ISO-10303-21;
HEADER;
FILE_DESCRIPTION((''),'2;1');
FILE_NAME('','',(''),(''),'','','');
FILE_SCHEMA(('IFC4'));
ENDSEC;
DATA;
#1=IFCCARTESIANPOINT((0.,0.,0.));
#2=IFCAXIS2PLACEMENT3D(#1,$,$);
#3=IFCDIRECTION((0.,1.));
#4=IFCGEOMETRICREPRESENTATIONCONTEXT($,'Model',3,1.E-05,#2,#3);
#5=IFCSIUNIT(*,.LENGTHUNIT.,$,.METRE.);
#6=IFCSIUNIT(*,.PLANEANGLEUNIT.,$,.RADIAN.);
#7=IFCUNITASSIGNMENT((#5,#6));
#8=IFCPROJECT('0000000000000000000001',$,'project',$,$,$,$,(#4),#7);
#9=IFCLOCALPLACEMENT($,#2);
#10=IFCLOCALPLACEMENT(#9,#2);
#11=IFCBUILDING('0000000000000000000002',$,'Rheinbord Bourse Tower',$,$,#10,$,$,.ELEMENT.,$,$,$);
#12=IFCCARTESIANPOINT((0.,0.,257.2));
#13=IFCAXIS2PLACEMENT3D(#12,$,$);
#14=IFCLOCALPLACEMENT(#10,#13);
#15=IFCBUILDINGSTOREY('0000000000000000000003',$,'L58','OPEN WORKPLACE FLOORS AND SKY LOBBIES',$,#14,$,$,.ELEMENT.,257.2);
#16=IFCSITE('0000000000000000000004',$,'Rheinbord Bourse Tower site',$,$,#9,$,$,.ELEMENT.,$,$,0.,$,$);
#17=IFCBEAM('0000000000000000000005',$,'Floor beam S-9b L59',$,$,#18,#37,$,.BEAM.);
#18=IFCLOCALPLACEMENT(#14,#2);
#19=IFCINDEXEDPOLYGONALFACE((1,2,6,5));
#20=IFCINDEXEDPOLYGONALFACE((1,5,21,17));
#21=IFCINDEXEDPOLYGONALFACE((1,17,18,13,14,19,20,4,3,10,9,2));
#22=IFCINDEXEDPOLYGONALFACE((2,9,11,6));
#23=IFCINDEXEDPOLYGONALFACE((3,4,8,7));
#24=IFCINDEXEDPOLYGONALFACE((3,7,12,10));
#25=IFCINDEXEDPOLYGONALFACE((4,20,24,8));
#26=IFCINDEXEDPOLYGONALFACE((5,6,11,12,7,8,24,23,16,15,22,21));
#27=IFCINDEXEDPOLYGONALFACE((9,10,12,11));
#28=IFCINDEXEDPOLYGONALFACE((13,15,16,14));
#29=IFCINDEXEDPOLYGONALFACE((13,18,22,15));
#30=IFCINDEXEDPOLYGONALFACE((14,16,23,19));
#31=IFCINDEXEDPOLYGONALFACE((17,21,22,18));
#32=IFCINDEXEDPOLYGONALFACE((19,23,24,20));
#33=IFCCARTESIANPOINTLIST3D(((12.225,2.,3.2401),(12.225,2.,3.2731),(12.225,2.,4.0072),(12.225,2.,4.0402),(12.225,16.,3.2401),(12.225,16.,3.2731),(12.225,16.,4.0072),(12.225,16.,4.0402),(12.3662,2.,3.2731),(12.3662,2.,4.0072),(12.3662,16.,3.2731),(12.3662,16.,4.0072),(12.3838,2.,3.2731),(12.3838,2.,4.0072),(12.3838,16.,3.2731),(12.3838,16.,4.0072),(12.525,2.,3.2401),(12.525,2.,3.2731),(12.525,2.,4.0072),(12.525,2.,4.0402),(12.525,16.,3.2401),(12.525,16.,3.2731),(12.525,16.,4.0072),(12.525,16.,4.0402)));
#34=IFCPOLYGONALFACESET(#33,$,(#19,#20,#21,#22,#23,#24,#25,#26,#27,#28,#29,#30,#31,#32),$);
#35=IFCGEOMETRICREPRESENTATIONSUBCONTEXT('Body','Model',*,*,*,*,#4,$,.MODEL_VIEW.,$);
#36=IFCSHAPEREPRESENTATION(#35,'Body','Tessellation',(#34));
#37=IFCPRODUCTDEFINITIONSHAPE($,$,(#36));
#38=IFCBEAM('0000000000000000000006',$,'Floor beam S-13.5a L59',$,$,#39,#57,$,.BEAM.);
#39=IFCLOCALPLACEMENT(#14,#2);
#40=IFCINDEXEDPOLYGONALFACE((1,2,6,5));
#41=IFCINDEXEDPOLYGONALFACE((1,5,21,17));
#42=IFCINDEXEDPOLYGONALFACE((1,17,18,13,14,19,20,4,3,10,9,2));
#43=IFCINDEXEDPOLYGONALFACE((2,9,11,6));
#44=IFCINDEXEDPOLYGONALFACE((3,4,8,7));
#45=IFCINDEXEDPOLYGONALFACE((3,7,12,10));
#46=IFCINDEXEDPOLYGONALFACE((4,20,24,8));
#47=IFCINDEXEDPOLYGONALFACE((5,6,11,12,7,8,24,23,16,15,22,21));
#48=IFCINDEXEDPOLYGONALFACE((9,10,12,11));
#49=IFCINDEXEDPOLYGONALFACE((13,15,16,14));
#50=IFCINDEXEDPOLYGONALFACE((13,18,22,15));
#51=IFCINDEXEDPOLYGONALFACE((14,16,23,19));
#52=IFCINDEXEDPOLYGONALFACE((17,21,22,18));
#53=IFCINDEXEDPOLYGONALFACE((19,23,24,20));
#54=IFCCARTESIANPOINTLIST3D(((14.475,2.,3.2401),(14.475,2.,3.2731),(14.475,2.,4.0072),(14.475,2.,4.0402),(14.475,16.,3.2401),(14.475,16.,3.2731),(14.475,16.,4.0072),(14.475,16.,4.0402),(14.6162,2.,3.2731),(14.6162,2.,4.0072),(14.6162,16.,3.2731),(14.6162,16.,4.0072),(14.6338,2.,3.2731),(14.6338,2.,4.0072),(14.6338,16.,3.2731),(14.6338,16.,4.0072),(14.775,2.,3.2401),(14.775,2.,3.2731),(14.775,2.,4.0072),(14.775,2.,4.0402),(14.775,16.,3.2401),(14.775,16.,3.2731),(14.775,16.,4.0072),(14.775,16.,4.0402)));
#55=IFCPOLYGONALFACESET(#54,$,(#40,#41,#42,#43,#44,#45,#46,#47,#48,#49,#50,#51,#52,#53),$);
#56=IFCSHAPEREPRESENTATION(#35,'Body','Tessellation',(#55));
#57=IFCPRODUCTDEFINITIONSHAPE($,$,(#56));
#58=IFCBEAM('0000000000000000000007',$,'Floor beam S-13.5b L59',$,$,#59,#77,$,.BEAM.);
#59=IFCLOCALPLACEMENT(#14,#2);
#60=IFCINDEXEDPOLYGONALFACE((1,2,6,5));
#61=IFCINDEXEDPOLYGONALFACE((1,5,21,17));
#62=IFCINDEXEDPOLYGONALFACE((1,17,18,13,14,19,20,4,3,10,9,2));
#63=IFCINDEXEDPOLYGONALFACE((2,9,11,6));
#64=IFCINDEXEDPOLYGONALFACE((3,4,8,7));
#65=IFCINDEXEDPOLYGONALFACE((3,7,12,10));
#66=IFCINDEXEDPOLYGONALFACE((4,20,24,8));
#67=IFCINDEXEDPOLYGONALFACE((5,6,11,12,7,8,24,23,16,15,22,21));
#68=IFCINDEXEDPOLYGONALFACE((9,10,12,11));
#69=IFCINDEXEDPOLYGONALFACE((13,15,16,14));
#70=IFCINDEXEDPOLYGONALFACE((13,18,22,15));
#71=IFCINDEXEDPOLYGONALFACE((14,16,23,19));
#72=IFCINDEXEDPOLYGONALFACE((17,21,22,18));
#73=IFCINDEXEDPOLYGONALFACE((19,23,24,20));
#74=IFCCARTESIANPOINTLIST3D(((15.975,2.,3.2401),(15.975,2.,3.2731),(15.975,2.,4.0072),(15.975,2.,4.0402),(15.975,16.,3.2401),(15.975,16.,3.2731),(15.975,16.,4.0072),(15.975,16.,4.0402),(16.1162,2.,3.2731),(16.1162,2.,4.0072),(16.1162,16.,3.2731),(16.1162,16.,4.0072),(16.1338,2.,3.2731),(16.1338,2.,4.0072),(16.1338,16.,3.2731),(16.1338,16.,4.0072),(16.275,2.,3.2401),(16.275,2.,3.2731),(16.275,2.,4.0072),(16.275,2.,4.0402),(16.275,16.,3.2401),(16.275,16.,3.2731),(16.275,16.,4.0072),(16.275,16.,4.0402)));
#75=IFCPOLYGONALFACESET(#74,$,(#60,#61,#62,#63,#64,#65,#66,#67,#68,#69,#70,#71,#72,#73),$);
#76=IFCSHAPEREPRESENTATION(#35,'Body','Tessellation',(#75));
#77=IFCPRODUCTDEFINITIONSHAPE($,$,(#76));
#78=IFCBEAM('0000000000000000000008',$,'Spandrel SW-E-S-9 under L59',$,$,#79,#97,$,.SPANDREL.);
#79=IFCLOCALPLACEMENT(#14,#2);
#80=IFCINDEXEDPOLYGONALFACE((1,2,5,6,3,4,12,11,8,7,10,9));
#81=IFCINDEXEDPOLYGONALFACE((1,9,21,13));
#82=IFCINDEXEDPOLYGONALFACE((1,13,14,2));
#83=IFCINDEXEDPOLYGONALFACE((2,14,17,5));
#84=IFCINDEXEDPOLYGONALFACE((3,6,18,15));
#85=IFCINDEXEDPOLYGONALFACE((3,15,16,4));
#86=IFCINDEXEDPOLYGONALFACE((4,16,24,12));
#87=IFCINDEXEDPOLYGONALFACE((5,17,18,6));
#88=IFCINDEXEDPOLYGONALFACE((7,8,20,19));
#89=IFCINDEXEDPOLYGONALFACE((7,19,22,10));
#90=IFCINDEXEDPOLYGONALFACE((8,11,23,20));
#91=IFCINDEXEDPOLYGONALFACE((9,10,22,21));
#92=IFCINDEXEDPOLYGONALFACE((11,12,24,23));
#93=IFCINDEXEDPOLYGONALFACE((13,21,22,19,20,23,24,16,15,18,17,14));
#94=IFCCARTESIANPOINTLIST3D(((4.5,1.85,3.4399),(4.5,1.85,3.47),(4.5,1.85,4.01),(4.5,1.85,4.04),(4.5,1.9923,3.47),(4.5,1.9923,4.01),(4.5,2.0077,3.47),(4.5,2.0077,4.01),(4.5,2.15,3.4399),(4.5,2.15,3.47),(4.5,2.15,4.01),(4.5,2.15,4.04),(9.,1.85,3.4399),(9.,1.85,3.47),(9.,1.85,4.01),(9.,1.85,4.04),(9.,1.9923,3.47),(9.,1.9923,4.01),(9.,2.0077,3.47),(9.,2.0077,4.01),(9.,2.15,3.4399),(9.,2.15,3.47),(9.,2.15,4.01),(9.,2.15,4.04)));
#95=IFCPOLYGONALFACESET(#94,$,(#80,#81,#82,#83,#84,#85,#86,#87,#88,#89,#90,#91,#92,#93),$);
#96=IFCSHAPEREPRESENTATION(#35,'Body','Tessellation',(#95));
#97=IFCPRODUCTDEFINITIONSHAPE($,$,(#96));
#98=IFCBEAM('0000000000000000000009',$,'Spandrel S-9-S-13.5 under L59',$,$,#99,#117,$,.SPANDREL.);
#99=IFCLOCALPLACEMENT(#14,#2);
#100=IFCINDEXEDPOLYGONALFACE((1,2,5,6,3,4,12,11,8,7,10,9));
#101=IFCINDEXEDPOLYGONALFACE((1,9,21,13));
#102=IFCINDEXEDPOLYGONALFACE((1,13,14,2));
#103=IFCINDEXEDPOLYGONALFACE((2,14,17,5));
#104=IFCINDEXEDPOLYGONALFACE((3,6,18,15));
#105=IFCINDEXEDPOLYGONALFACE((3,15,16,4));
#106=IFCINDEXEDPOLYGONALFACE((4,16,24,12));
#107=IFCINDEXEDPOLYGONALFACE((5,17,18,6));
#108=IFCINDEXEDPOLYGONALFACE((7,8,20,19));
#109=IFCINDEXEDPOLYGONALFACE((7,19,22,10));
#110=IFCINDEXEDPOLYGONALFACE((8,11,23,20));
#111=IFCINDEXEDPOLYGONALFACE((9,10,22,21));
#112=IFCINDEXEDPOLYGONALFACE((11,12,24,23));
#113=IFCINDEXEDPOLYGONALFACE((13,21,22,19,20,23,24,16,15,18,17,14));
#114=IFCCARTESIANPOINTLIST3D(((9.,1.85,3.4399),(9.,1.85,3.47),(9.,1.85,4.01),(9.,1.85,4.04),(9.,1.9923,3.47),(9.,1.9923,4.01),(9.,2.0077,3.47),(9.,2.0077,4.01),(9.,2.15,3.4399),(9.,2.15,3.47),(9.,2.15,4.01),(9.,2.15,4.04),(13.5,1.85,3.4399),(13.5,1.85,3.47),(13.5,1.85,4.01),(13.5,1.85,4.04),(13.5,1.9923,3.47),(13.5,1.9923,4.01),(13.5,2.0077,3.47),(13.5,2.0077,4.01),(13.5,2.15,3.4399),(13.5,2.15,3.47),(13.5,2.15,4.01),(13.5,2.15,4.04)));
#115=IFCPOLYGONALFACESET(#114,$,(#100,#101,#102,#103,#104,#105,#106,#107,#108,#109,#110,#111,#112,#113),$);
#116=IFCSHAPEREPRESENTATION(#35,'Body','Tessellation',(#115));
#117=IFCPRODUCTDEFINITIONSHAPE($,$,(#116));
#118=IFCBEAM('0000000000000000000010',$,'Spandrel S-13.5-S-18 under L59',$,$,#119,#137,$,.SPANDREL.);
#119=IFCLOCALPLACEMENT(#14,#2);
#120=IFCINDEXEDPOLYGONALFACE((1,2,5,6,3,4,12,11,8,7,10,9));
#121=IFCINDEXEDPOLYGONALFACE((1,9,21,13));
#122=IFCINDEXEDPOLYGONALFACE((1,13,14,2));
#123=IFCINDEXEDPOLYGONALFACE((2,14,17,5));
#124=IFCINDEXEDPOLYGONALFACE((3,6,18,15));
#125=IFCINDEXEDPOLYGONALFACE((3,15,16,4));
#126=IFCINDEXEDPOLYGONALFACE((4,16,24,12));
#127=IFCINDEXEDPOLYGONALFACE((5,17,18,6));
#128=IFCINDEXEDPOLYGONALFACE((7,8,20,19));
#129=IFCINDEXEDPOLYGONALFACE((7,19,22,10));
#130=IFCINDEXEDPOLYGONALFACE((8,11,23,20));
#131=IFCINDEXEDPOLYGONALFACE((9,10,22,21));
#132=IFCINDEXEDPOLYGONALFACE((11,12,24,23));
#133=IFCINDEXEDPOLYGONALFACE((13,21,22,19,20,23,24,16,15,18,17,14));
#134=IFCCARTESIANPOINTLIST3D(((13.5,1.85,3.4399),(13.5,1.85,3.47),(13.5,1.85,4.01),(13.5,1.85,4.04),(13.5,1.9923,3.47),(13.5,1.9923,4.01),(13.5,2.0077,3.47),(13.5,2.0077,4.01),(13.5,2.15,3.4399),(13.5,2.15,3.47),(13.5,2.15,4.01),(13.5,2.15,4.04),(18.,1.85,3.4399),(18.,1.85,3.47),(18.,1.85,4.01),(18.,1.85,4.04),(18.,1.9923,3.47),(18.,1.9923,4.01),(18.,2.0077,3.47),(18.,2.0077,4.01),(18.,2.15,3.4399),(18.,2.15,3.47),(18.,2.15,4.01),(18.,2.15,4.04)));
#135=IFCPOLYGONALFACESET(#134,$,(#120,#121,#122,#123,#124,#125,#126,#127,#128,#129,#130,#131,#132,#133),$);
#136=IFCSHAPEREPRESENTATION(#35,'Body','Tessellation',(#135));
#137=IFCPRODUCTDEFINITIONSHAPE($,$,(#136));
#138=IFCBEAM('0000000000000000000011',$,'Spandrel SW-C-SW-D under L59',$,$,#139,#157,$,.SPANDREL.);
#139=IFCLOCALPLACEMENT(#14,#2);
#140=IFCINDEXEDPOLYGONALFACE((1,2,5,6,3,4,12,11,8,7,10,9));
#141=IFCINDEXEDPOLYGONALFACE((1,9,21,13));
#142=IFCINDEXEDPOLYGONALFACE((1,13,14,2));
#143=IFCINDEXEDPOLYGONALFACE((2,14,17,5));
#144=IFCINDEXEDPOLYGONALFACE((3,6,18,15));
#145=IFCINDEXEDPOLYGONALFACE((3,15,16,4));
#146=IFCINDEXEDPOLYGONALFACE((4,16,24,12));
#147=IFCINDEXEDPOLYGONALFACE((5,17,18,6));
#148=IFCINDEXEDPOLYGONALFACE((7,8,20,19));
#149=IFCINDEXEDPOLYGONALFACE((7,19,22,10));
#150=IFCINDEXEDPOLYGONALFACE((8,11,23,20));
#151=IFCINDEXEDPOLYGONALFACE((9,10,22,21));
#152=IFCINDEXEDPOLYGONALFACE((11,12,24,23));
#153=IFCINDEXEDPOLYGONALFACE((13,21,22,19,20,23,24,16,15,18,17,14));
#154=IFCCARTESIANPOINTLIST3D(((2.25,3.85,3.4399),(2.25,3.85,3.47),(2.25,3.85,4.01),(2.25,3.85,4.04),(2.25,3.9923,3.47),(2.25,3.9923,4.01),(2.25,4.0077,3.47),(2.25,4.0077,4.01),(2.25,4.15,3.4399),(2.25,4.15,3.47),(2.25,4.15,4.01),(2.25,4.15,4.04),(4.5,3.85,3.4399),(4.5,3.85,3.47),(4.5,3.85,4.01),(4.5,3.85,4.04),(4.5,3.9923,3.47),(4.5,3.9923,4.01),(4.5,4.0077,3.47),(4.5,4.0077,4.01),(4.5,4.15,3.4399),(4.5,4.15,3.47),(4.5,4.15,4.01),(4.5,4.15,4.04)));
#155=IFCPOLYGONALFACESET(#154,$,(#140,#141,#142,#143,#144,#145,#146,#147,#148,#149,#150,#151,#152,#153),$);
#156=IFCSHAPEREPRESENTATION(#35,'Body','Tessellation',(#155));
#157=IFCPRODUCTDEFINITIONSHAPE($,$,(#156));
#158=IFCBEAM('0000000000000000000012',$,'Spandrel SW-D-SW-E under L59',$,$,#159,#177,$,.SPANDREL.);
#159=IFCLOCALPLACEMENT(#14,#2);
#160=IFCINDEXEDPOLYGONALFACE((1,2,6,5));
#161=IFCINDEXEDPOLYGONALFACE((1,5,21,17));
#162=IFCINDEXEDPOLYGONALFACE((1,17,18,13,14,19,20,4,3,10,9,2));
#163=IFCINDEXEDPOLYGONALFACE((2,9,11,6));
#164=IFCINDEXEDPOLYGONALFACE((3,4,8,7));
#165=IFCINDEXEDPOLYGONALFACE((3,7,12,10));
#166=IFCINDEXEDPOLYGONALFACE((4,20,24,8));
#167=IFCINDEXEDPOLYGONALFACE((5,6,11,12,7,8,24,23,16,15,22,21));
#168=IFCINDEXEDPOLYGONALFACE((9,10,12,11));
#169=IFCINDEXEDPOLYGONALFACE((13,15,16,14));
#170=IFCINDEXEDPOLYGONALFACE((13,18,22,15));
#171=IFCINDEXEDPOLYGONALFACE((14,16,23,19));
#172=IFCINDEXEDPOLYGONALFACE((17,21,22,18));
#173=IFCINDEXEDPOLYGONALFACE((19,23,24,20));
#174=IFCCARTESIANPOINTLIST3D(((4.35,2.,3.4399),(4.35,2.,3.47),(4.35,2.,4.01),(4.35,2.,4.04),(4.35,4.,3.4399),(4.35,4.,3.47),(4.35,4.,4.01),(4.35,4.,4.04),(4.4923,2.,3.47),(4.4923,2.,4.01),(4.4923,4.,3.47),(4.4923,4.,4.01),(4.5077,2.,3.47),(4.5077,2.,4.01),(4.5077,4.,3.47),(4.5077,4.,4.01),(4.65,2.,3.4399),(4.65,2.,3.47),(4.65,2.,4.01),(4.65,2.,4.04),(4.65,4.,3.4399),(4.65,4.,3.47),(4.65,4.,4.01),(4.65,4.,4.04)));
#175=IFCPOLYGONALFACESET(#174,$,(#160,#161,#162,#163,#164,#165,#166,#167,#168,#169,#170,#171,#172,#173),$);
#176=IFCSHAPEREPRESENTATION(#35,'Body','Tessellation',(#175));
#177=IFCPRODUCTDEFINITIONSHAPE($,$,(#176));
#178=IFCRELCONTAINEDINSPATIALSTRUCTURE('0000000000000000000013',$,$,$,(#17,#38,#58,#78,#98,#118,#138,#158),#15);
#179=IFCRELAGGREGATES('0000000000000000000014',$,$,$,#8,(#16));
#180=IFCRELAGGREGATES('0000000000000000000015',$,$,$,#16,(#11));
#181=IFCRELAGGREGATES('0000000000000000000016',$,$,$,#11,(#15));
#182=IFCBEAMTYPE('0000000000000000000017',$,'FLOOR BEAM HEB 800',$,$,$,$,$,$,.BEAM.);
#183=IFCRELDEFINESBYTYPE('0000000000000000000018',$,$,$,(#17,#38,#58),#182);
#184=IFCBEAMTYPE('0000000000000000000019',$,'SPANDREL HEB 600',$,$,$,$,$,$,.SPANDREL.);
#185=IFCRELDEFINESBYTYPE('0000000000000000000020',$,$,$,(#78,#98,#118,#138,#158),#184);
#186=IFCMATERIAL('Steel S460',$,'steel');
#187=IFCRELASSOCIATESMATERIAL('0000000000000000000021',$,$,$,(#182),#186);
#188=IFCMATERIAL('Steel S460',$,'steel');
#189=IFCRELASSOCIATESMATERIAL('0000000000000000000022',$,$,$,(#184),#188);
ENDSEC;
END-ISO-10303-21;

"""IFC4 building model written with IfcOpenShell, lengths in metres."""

from ifc_helpers import new_model, si_unit, direction, frame, origin, origin_2d, place, context, subcontext, project, spatial, i_section, extrude, material, material_profile, profile_set, type_object, element, save


model = new_model("IFC4")

# Units and contexts
model_context = context("Model", 3, precision=1e-05, world=origin(), true_north=direction((0.0, 1.0)))
body_context = subcontext(model_context, "Body", "Model", "MODEL_VIEW")
ifc_project = project(units=[si_unit("LENGTHUNIT", "METRE"), si_unit("PLANEANGLEUNIT", "RADIAN")], contexts=[model_context])

# Site, building, storey
site_placement = place(None, origin())
site = spatial("IfcSite", under=ifc_project, at=site_placement, Name="Rheinbord Bourse Tower site", CompositionType="ELEMENT", RefElevation=0.0)
building_placement = place(site_placement, origin())
building = spatial("IfcBuilding", under=site, at=building_placement, Name="Rheinbord Bourse Tower", CompositionType="ELEMENT")
storey_placement = place(building_placement, frame((0.0, 0.0, 257.2)))
storey = spatial("IfcBuildingStorey", under=building, at=storey_placement, Name="L58", Description="OPEN WORKPLACE FLOORS AND SKY LOBBIES", CompositionType="ELEMENT", Elevation=257.2)

# Beams
ifc_material_1 = material(Name="Steel S460", Category="steel")
ifc_material_profile_1 = material_profile(ifc_material_1, i_section(OverallWidth=0.3, OverallDepth=0.8, WebThickness=0.0176, FlangeThickness=0.033, at=origin_2d()), Name="HEB 800")
ifc_profile_set_1 = profile_set([ifc_material_profile_1], Name="Steel S460")
beam_type_1 = type_object("IfcBeamType", Name="FLOOR BEAM HEB 800", PredefinedType="BEAM", material=ifc_profile_set_1)
for number, where, z_axis, x_axis, name in (
    (1, (12.375, 2.0, 3.6401), (0.0, 1.0, 0.0), (-1.0, 0.0, 0.0), "Floor beam S-9b L59"),
    (2, (14.625, 2.0, 3.6401), (0.0, 1.0, 0.0), (-1.0, 0.0, 0.0), "Floor beam S-13.5a L59"),
    (3, (16.125, 2.0, 3.6401), (0.0, 1.0, 0.0), (-1.0, 0.0, 0.0), "Floor beam S-13.5b L59"),
):
    element("IfcBeam", number, at=place(storey_placement, frame(where, z_axis=z_axis, x_axis=x_axis)), inside=storey, type_object=beam_type_1, Name=name, PredefinedType="BEAM", context=body_context, shape_type="SweptSolid", body=[
        extrude(i_section(OverallWidth=0.3, OverallDepth=0.8, WebThickness=0.0176, FlangeThickness=0.033, at=origin_2d()), origin(), (0.0, 0.0, 1.0), 14.0),
    ])
ifc_material_2 = material(Name="Steel S460", Category="steel")
ifc_material_profile_2 = material_profile(ifc_material_2, i_section(OverallWidth=0.3, OverallDepth=0.6001, WebThickness=0.0154, FlangeThickness=0.03, at=origin_2d()), Name="HEB 600")
ifc_profile_set_2 = profile_set([ifc_material_profile_2], Name="Steel S460")
beam_type_2 = type_object("IfcBeamType", Name="SPANDREL HEB 600", PredefinedType="SPANDREL", material=ifc_profile_set_2)
for number, where, z_axis, x_axis, name in (
    (4, (4.5, 2.0, 3.74), (1.0, 0.0, 0.0), (0.0, 1.0, 0.0), "Spandrel SW-E-S-9 under L59"),
    (5, (9.0, 2.0, 3.74), (1.0, 0.0, 0.0), (0.0, 1.0, 0.0), "Spandrel S-9-S-13.5 under L59"),
    (6, (13.5, 2.0, 3.74), (1.0, 0.0, 0.0), (0.0, 1.0, 0.0), "Spandrel S-13.5-S-18 under L59"),
):
    element("IfcBeam", number, at=place(storey_placement, frame(where, z_axis=z_axis, x_axis=x_axis)), inside=storey, type_object=beam_type_2, Name=name, PredefinedType="SPANDREL", context=body_context, shape_type="SweptSolid", body=[
        extrude(i_section(OverallWidth=0.3, OverallDepth=0.6001, WebThickness=0.0154, FlangeThickness=0.03, at=origin_2d()), origin(), (0.0, 0.0, 1.0), 4.5),
    ])
beam_1_placement = place(storey_placement, frame((2.25, 4.0, 3.74), z_axis=(1.0, 0.0, 0.0), x_axis=(0.0, 1.0, 0.0)))
element("IfcBeam", 7, at=beam_1_placement, inside=storey, type_object=beam_type_2, Name="Spandrel SW-C-SW-D under L59", PredefinedType="SPANDREL", context=body_context, shape_type="SweptSolid", body=[
    extrude(i_section(OverallWidth=0.3, OverallDepth=0.6001, WebThickness=0.0154, FlangeThickness=0.03, at=origin_2d()), origin(), (0.0, 0.0, 1.0), 2.25),
])
beam_2_placement = place(storey_placement, frame((4.5, 4.0, 3.74), z_axis=(0.0, -1.0, 0.0), x_axis=(1.0, 0.0, 0.0)))
element("IfcBeam", 8, at=beam_2_placement, inside=storey, type_object=beam_type_2, Name="Spandrel SW-D-SW-E under L59", PredefinedType="SPANDREL", context=body_context, shape_type="SweptSolid", body=[
    extrude(i_section(OverallWidth=0.3, OverallDepth=0.6001, WebThickness=0.0154, FlangeThickness=0.03, at=origin_2d()), origin(), (0.0, 0.0, 1.0), 2.0),
])

save(model, "model.ifc")
